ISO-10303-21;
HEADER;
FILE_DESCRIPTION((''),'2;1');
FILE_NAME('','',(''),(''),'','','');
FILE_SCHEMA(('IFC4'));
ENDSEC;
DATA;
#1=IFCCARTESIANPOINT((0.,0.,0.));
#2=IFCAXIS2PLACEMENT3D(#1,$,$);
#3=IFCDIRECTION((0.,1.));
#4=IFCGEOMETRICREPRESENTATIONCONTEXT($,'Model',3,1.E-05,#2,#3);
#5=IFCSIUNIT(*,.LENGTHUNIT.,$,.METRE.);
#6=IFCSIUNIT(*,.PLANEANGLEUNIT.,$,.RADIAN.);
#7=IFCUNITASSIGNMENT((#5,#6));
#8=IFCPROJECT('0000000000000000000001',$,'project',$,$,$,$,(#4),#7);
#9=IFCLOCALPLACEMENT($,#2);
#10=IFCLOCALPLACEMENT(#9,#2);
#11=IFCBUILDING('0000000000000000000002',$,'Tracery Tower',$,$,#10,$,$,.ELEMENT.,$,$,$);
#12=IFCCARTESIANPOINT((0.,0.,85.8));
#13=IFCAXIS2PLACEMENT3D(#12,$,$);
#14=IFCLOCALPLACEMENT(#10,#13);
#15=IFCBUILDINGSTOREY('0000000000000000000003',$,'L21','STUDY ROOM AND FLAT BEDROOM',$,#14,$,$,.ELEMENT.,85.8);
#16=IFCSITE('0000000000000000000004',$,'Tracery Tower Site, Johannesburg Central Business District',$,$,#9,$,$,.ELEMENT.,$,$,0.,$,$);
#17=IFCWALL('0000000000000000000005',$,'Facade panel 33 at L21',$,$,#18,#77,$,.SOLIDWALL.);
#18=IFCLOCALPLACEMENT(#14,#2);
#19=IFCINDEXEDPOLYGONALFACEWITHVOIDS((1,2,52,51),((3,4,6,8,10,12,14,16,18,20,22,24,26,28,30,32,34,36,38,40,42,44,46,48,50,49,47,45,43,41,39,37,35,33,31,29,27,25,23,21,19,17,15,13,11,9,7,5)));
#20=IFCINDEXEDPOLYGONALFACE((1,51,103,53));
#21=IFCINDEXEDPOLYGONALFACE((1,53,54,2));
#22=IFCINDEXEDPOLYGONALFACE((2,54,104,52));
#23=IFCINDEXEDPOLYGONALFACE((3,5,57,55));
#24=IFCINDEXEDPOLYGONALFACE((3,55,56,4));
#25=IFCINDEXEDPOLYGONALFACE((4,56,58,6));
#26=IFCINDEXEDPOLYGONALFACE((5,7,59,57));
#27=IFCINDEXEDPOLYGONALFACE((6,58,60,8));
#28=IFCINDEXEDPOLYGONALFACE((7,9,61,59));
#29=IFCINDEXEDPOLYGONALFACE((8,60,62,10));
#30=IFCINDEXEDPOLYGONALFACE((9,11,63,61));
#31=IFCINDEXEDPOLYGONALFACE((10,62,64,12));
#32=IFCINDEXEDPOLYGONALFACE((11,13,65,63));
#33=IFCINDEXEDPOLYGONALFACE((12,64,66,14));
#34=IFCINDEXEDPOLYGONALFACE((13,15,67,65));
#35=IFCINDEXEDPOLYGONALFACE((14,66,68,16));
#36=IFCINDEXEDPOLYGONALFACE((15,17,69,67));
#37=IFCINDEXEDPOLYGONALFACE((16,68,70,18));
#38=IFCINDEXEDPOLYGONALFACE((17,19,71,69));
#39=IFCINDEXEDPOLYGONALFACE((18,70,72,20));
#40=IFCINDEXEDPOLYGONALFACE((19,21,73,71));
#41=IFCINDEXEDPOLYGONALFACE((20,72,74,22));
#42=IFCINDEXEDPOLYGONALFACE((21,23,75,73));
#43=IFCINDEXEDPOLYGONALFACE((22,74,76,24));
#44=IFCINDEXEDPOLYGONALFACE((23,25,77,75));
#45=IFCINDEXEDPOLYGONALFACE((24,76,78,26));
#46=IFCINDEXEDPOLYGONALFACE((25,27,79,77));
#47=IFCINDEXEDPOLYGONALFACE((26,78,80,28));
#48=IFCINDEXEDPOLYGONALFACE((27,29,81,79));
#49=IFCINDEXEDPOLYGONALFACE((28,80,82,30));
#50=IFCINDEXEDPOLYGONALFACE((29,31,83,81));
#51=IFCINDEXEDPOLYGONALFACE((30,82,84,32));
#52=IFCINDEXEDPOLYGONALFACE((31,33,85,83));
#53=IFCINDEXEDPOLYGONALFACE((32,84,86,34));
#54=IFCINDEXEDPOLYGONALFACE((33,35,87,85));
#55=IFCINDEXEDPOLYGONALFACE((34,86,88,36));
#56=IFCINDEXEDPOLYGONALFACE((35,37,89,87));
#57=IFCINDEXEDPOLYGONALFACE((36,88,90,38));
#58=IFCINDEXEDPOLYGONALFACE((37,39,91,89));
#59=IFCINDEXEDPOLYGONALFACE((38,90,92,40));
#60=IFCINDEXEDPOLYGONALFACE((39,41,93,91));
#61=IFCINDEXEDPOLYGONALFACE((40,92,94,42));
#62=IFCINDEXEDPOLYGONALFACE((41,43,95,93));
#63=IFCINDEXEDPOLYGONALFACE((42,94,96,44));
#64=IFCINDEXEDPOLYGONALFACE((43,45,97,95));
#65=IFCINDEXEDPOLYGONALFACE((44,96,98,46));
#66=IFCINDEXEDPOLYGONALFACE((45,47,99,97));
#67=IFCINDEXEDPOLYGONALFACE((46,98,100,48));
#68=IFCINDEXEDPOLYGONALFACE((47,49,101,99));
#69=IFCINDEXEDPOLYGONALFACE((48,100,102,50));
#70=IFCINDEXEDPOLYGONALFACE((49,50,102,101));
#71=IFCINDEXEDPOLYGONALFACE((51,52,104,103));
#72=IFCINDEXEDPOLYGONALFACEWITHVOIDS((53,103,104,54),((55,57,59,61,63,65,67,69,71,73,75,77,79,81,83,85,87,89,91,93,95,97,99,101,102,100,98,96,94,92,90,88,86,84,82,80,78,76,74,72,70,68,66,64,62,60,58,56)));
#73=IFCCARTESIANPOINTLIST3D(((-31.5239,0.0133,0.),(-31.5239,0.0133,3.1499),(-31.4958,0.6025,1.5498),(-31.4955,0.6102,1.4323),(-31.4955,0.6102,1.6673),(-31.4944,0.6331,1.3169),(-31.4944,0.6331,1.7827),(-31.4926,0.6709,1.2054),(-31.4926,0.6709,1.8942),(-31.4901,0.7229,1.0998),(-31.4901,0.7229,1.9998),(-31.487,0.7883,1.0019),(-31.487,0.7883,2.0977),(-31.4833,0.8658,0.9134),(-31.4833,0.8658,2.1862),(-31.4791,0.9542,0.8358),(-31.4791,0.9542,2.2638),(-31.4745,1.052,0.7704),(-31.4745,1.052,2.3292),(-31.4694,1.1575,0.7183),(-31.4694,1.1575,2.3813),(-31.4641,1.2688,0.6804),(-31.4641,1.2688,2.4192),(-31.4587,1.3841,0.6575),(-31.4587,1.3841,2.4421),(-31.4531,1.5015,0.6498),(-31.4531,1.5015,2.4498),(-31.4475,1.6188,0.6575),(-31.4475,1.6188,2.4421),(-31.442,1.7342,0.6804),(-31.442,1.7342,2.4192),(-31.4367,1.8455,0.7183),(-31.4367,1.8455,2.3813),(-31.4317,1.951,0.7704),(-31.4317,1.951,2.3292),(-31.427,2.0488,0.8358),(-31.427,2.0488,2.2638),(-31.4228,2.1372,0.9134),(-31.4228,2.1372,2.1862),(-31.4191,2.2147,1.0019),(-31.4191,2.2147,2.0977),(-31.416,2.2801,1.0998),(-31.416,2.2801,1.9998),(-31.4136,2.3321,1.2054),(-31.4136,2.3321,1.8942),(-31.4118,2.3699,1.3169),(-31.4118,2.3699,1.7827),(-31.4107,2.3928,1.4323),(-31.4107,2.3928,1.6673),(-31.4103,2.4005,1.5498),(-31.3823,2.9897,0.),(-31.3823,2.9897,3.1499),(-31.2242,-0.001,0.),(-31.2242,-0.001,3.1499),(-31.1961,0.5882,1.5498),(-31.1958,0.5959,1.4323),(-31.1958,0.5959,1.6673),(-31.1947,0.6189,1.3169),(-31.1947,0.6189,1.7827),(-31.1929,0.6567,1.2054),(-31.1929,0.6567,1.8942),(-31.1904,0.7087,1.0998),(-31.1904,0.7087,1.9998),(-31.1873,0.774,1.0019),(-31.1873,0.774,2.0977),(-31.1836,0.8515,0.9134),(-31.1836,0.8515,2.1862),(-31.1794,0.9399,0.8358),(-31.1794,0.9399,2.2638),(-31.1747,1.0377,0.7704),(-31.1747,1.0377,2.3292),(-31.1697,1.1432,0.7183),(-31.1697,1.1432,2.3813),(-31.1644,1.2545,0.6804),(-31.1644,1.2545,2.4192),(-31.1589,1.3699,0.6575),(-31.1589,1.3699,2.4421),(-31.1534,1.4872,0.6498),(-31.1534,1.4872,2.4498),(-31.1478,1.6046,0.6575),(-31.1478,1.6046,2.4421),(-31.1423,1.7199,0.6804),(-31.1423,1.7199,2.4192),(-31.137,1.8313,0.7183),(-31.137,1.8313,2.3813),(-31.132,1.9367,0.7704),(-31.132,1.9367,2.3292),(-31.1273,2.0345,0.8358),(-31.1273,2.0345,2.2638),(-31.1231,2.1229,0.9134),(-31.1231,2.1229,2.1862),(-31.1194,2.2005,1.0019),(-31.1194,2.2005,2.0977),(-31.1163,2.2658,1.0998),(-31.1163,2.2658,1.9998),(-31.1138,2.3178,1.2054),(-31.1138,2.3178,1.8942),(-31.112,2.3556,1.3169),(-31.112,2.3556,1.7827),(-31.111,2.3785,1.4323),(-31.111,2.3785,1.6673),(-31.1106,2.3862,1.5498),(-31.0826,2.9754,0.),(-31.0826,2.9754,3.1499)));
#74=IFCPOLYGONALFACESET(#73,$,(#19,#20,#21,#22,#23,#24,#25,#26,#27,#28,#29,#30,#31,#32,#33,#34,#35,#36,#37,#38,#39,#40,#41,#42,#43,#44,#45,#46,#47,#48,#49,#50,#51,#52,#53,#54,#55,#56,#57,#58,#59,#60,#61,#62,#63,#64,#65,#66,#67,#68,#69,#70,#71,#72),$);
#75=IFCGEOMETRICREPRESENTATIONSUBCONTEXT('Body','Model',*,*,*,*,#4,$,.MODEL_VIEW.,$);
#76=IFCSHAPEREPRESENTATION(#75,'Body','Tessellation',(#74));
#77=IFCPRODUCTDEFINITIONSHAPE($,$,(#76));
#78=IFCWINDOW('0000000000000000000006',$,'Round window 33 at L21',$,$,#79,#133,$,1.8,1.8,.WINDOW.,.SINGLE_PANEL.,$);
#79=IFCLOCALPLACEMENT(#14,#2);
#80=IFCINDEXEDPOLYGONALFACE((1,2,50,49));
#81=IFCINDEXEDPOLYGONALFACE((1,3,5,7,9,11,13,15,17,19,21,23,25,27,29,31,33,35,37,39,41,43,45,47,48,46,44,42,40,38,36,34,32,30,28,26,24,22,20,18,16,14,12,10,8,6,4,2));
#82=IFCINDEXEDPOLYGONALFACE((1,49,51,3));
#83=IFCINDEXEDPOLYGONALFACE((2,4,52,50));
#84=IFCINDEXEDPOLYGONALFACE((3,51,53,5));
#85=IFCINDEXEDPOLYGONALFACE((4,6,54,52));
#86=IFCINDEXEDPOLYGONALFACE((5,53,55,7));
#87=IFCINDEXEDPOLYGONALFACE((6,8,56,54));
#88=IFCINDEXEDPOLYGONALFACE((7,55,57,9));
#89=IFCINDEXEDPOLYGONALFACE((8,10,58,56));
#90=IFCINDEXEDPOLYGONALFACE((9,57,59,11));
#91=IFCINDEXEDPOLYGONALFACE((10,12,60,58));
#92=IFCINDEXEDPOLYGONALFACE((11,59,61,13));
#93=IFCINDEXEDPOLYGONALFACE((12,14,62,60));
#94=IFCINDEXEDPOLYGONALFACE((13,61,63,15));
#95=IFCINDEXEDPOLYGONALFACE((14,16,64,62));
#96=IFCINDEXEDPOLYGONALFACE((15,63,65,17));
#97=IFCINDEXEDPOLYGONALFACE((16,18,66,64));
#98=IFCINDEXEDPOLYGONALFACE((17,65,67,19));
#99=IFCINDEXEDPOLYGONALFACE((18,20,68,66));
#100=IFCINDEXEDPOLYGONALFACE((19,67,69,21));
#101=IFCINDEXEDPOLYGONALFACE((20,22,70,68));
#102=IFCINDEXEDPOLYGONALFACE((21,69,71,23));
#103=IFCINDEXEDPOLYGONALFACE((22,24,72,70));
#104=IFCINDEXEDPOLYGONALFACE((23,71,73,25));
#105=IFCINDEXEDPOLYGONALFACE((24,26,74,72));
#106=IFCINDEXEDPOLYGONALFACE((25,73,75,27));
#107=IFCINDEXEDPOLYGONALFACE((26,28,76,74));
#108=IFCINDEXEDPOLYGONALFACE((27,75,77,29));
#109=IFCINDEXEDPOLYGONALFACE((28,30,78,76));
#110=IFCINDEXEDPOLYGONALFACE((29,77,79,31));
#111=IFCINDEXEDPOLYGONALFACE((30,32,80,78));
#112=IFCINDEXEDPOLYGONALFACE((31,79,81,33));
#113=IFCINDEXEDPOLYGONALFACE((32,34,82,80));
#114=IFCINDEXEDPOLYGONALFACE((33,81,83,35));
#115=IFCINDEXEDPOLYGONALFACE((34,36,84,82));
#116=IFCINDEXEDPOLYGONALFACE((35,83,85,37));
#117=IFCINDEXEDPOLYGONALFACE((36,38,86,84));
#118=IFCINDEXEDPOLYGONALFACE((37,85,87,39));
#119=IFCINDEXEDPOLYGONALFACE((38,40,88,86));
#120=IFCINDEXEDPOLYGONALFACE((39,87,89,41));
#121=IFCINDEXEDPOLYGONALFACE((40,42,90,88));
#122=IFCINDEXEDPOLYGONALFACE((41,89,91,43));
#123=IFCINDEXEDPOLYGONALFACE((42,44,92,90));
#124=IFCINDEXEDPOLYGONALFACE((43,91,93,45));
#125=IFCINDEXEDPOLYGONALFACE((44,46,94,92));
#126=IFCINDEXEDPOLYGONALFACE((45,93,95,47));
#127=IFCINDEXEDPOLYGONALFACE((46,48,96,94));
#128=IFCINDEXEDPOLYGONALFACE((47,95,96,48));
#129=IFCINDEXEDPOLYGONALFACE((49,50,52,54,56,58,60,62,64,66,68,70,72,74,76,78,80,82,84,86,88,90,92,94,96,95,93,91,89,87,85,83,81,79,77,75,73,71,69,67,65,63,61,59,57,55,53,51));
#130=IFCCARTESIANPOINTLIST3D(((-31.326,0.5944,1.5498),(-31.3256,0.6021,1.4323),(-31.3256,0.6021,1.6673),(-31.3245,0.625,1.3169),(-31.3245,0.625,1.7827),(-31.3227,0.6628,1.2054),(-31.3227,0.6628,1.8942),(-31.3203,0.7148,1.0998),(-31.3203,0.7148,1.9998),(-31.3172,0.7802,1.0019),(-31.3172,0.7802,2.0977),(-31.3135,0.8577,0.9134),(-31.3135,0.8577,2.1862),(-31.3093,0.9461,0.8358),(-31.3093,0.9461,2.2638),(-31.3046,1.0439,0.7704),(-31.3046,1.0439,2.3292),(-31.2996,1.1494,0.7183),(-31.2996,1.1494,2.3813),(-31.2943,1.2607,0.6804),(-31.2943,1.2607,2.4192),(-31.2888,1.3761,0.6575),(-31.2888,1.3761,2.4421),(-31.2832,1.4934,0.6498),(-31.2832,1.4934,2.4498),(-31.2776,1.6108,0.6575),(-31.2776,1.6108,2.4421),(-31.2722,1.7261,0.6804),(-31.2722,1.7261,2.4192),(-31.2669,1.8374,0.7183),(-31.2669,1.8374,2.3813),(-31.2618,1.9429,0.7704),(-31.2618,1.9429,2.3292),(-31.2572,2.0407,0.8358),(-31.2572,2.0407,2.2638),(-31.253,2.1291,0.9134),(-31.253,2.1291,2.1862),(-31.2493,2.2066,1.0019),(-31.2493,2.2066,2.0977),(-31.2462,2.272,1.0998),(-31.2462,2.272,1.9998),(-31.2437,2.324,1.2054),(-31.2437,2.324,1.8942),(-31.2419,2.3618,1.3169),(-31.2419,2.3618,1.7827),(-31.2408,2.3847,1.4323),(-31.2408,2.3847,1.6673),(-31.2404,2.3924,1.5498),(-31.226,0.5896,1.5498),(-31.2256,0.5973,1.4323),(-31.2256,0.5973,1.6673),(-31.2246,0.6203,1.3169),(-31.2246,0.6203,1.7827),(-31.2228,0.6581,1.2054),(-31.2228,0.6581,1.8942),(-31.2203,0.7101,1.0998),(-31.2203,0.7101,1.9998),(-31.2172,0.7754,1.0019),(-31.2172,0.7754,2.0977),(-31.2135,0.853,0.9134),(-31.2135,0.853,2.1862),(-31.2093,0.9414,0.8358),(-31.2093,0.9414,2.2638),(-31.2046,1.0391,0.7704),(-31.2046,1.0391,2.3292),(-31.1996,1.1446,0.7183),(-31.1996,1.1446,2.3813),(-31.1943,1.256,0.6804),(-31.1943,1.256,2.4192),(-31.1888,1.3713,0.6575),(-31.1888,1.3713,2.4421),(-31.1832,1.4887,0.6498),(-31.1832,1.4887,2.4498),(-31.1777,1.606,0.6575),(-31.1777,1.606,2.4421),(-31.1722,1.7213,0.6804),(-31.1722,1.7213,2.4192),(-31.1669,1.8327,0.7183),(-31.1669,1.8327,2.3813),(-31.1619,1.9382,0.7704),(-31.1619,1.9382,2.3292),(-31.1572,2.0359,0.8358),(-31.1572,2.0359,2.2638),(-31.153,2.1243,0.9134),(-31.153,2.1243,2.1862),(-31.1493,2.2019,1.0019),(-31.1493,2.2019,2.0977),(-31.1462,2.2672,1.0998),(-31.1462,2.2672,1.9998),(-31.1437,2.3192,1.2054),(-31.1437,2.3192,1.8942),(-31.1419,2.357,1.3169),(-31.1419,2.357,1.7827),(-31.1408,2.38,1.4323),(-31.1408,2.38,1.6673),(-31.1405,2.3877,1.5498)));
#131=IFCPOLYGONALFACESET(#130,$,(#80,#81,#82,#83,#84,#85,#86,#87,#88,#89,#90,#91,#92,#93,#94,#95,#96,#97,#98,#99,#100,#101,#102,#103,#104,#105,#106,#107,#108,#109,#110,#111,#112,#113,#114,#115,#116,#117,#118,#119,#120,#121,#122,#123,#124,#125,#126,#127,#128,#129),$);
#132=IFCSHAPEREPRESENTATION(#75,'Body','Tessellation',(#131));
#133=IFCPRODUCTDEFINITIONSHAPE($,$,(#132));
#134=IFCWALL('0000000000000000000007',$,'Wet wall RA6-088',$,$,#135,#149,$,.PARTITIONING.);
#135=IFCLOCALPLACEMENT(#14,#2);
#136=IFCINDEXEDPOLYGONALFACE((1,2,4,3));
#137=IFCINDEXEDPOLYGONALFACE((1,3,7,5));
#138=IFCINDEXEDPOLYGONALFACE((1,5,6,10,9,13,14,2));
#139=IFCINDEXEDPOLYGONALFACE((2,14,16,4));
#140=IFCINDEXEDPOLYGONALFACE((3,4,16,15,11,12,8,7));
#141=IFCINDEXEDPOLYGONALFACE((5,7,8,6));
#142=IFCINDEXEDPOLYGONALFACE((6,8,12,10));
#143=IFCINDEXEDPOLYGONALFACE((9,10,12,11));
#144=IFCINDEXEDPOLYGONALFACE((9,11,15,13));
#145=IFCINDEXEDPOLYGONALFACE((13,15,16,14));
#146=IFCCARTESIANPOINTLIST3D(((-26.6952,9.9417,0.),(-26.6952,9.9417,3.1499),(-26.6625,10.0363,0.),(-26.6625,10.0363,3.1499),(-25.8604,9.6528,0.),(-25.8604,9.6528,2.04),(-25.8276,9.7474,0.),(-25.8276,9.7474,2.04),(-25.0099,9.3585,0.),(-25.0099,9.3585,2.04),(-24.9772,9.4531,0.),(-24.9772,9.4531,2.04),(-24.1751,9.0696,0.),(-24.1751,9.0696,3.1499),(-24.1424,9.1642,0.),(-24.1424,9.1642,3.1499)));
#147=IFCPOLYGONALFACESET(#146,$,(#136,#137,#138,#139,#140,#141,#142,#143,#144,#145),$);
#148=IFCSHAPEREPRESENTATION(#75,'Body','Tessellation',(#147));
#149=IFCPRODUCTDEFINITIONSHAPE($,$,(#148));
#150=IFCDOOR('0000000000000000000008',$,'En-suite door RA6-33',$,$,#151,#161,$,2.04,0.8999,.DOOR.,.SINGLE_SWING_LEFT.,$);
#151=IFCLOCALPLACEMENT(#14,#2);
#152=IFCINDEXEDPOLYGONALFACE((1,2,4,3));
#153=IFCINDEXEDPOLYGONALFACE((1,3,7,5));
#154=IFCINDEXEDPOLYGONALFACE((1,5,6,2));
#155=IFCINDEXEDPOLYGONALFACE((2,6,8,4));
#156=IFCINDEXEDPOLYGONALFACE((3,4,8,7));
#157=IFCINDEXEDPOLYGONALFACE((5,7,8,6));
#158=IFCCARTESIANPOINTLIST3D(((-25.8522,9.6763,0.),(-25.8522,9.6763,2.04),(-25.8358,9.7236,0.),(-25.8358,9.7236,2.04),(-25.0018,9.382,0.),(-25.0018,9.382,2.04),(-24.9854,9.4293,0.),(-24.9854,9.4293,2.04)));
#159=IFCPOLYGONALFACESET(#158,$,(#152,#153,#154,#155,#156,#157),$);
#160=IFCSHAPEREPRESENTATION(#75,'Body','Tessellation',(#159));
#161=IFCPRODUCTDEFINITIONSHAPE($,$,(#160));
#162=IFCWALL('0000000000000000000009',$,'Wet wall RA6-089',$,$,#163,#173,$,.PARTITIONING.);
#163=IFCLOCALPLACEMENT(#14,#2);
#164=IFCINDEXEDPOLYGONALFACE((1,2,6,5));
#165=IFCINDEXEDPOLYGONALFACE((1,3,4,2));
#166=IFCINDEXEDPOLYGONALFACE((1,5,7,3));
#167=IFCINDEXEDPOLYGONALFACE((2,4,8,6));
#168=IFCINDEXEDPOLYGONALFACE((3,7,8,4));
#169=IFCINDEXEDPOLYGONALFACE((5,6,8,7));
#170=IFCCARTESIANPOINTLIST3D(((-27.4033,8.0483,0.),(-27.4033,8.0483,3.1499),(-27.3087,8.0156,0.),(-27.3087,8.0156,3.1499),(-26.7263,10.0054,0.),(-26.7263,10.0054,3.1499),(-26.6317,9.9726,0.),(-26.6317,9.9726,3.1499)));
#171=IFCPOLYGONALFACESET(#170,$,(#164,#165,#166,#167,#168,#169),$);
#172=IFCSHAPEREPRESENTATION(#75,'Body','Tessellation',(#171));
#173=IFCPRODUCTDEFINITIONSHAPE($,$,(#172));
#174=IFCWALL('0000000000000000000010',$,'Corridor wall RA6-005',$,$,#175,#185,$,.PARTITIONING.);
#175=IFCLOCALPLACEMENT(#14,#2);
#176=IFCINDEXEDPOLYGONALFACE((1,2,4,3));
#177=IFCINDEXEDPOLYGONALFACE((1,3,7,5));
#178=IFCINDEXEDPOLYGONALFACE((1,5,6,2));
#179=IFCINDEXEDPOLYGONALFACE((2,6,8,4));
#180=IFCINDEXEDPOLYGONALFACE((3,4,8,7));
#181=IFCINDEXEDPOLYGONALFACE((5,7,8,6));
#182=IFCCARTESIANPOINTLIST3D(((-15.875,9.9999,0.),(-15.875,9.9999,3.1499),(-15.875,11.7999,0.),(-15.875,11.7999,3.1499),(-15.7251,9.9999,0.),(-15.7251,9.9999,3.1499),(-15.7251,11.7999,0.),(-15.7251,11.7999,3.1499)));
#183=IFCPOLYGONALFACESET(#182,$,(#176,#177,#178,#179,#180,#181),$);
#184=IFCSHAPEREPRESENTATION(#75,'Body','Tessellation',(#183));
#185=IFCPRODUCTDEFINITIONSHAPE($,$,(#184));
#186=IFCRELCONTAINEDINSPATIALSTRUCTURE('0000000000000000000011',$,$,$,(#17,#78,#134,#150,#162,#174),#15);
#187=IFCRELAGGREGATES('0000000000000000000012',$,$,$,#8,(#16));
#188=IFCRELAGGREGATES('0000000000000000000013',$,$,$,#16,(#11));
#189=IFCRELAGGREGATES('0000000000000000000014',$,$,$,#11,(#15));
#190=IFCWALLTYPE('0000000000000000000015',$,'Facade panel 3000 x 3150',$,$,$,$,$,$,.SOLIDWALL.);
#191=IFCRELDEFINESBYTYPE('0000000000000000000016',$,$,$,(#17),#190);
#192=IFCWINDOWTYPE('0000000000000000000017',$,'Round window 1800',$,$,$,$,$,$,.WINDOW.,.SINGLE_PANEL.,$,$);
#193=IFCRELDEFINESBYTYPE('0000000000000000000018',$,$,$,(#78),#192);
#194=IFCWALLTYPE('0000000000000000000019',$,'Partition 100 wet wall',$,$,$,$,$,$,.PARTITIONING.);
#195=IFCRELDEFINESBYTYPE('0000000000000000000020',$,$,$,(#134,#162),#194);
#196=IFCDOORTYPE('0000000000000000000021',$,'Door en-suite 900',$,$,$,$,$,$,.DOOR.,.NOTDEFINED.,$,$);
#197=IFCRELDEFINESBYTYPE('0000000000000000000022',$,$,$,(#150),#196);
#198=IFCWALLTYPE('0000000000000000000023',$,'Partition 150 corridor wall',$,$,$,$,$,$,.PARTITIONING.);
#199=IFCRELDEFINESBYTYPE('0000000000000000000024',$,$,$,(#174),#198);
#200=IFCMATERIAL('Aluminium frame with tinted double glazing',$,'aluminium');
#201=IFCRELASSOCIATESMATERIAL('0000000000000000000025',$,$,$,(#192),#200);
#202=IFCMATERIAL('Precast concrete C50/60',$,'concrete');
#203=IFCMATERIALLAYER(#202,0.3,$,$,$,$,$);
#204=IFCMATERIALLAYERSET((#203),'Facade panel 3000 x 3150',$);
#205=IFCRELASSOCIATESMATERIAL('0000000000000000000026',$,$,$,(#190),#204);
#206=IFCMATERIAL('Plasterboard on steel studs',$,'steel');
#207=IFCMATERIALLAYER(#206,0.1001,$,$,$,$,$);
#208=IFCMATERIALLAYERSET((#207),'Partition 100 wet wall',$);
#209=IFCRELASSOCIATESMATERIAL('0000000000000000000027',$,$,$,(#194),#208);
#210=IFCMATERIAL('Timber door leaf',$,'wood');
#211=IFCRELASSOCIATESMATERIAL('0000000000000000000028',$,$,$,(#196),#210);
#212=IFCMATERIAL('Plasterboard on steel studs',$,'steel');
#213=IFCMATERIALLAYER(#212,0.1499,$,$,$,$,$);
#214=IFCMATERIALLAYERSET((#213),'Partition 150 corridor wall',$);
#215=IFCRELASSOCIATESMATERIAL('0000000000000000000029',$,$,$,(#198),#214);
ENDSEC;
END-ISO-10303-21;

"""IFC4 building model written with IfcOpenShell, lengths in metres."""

from ifc_helpers import new_model, si_unit, direction, frame, frame_2d, origin, origin_2d, place, context, subcontext, project, spatial, rectangle, circle, extrude, material, layer, layer_set, type_object, element, fill, save


model = new_model("IFC4")

# Units and contexts
model_context = context("Model", 3, precision=1e-05, world=origin(), true_north=direction((0.0, 1.0)))
body_context = subcontext(model_context, "Body", "Model", "MODEL_VIEW")
ifc_project = project(units=[si_unit("LENGTHUNIT", "METRE"), si_unit("PLANEANGLEUNIT", "RADIAN")], contexts=[model_context])

# Site, building, storey
site_placement = place(None, origin())
site = spatial("IfcSite", under=ifc_project, at=site_placement, Name="Tracery Tower Site, Johannesburg Central Business District", CompositionType="ELEMENT", RefElevation=0.0)
building_placement = place(site_placement, origin())
building = spatial("IfcBuilding", under=site, at=building_placement, Name="Tracery Tower", CompositionType="ELEMENT")
storey_placement = place(building_placement, frame((0.0, 0.0, 85.8)))
storey = spatial("IfcBuildingStorey", under=building, at=storey_placement, Name="L21", Description="STUDY ROOM AND FLAT BEDROOM", CompositionType="ELEMENT", Elevation=85.8)

# Wall, opening, window
ifc_material_1 = material(Name="Aluminium frame with tinted double glazing", Category="aluminium")
window_type = type_object("IfcWindowType", Name="Round window 1800", PartitioningType="SINGLE_PANEL", PredefinedType="WINDOW", material=ifc_material_1)
ifc_material_2 = material(Name="Precast concrete C50/60", Category="concrete")
ifc_layer_1 = layer(ifc_material_2, 0.3)
ifc_layer_set_1 = layer_set([ifc_layer_1], Name="Facade panel 3000 x 3150")
wall_type_1 = type_object("IfcWallType", Name="Facade panel 3000 x 3150", PredefinedType="SOLIDWALL", material=ifc_layer_set_1)
wall_1_placement = place(storey_placement, frame((-31.2324, 2.9824, 0.0), z_axis=(0.0, 0.0, 1.0), x_axis=(-0.047522, -0.99887, 0.0)))
wall_1 = element("IfcWall", 1, at=wall_1_placement, inside=storey, type_object=wall_type_1, Name="Facade panel 33 at L21", PredefinedType="SOLIDWALL", context=body_context, shape_type="SweptSolid", body=[
    extrude(rectangle(XDim=2.9797, YDim=0.3, at=frame_2d((1.4897, 0.0))), origin(), (0.0, 0.0, 1.0), 3.1499),
])
opening_1_placement = place(wall_1_placement, frame((1.4897, 0.0, 1.5498)))
opening_1 = element("IfcOpeningElement", 2, at=opening_1_placement, cuts=wall_1, PredefinedType="OPENING", context=body_context, shape_type="SweptSolid", body=[
    extrude(circle(Radius=0.9, at=origin_2d()), frame((0.0, 0.1599, 0.0), z_axis=(0.0, -1.0, 0.0), x_axis=(1.0, 0.0, 0.0)), (0.0, 0.0, 1.0), 0.3201),
])
window_1_placement = place(opening_1_placement, origin())
window_1 = element("IfcWindow", 3, at=window_1_placement, inside=storey, type_object=window_type, Name="Round window 33 at L21", OverallHeight=1.8, OverallWidth=1.8, PartitioningType="SINGLE_PANEL", PredefinedType="WINDOW", context=body_context, shape_type="SweptSolid", body=[
    extrude(circle(Radius=0.9, at=origin_2d()), frame((0.0, 0.1201, 0.0), z_axis=(0.0, -1.0, 0.0), x_axis=(1.0, 0.0, 0.0)), (0.0, 0.0, 1.0), 0.1001),
])
fill(opening_1, window_1)

# Wall, opening, door
ifc_material_3 = material(Name="Plasterboard on steel studs", Category="steel")
ifc_layer_2 = layer(ifc_material_3, 0.1001)
ifc_layer_set_2 = layer_set([ifc_layer_2], Name="Partition 100 wet wall")
wall_type_2 = type_object("IfcWallType", Name="Partition 100 wet wall", PredefinedType="PARTITIONING", material=ifc_layer_set_2)
wall_2_placement = place(storey_placement, frame((-26.679, 9.989, 0.0), z_axis=(0.0, 0.0, 1.0), x_axis=(0.945014, -0.327029, 0.0)))
wall_2 = element("IfcWall", 4, at=wall_2_placement, inside=storey, type_object=wall_type_2, Name="Wet wall RA6-088", PredefinedType="PARTITIONING", context=body_context, shape_type="SweptSolid", body=[
    extrude(rectangle(XDim=2.6667, YDim=0.1001, at=frame_2d((1.3335, 0.0))), origin(), (0.0, 0.0, 1.0), 3.1499),
])
opening_2_placement = place(wall_2_placement, frame((0.8835, 0.0, 0.0)))
opening_2 = element("IfcOpeningElement", 5, at=opening_2_placement, cuts=wall_2, PredefinedType="OPENING", context=body_context, shape_type="SweptSolid", body=[
    extrude(rectangle(XDim=0.8999, YDim=2.04, at=frame_2d((0.45, 1.02))), frame((0.0, 0.05, 0.0), z_axis=(0.0, -1.0, 0.0), x_axis=(1.0, 0.0, 0.0)), (0.0, 0.0, 1.0), 0.1001),
])
ifc_material_4 = material(Name="Timber door leaf", Category="wood")
door_type_1 = type_object("IfcDoorType", Name="Door en-suite 900", OperationType="NOTDEFINED", PredefinedType="DOOR", material=ifc_material_4)
door_1_placement = place(opening_2_placement, origin())
door_1 = element("IfcDoor", 6, at=door_1_placement, inside=storey, type_object=door_type_1, Name="En-suite door RA6-33", OperationType="SINGLE_SWING_LEFT", OverallHeight=2.04, OverallWidth=0.8999, PredefinedType="DOOR", context=body_context, shape_type="SweptSolid", body=[
    extrude(rectangle(XDim=0.8999, YDim=2.04, at=frame_2d((0.45, 1.02))), frame((0.0, 0.0249, 0.0), z_axis=(0.0, -1.0, 0.0), x_axis=(1.0, 0.0, 0.0)), (0.0, 0.0, 1.0), 0.05),
])
fill(opening_2, door_1)

# Walls
wall_3_placement = place(storey_placement, frame((-27.356, 8.032, 0.0), z_axis=(0.0, 0.0, 1.0), x_axis=(0.326924, 0.945051, 0.0)))
element("IfcWall", 7, at=wall_3_placement, inside=storey, type_object=wall_type_2, Name="Wet wall RA6-089", PredefinedType="PARTITIONING", context=body_context, shape_type="SweptSolid", body=[
    extrude(rectangle(XDim=2.0708, YDim=0.1001, at=frame_2d((1.0354, 0.0))), origin(), (0.0, 0.0, 1.0), 3.1499),
])
ifc_material_5 = material(Name="Plasterboard on steel studs", Category="steel")
ifc_layer_3 = layer(ifc_material_5, 0.1499)
ifc_layer_set_3 = layer_set([ifc_layer_3], Name="Partition 150 corridor wall")
wall_type_3 = type_object("IfcWallType", Name="Partition 150 corridor wall", PredefinedType="PARTITIONING", material=ifc_layer_set_3)
wall_4_placement = place(storey_placement, frame((-15.8, 10.0, 0.0), z_axis=(0.0, 0.0, 1.0), x_axis=(0.0, 1.0, 0.0)))
element("IfcWall", 8, at=wall_4_placement, inside=storey, type_object=wall_type_3, Name="Corridor wall RA6-005", PredefinedType="PARTITIONING", context=body_context, shape_type="SweptSolid", body=[
    extrude(rectangle(XDim=1.8, YDim=0.1499, at=frame_2d((0.8999, 0.0))), origin(), (0.0, 0.0, 1.0), 3.1499),
])

save(model, "model.ifc")
